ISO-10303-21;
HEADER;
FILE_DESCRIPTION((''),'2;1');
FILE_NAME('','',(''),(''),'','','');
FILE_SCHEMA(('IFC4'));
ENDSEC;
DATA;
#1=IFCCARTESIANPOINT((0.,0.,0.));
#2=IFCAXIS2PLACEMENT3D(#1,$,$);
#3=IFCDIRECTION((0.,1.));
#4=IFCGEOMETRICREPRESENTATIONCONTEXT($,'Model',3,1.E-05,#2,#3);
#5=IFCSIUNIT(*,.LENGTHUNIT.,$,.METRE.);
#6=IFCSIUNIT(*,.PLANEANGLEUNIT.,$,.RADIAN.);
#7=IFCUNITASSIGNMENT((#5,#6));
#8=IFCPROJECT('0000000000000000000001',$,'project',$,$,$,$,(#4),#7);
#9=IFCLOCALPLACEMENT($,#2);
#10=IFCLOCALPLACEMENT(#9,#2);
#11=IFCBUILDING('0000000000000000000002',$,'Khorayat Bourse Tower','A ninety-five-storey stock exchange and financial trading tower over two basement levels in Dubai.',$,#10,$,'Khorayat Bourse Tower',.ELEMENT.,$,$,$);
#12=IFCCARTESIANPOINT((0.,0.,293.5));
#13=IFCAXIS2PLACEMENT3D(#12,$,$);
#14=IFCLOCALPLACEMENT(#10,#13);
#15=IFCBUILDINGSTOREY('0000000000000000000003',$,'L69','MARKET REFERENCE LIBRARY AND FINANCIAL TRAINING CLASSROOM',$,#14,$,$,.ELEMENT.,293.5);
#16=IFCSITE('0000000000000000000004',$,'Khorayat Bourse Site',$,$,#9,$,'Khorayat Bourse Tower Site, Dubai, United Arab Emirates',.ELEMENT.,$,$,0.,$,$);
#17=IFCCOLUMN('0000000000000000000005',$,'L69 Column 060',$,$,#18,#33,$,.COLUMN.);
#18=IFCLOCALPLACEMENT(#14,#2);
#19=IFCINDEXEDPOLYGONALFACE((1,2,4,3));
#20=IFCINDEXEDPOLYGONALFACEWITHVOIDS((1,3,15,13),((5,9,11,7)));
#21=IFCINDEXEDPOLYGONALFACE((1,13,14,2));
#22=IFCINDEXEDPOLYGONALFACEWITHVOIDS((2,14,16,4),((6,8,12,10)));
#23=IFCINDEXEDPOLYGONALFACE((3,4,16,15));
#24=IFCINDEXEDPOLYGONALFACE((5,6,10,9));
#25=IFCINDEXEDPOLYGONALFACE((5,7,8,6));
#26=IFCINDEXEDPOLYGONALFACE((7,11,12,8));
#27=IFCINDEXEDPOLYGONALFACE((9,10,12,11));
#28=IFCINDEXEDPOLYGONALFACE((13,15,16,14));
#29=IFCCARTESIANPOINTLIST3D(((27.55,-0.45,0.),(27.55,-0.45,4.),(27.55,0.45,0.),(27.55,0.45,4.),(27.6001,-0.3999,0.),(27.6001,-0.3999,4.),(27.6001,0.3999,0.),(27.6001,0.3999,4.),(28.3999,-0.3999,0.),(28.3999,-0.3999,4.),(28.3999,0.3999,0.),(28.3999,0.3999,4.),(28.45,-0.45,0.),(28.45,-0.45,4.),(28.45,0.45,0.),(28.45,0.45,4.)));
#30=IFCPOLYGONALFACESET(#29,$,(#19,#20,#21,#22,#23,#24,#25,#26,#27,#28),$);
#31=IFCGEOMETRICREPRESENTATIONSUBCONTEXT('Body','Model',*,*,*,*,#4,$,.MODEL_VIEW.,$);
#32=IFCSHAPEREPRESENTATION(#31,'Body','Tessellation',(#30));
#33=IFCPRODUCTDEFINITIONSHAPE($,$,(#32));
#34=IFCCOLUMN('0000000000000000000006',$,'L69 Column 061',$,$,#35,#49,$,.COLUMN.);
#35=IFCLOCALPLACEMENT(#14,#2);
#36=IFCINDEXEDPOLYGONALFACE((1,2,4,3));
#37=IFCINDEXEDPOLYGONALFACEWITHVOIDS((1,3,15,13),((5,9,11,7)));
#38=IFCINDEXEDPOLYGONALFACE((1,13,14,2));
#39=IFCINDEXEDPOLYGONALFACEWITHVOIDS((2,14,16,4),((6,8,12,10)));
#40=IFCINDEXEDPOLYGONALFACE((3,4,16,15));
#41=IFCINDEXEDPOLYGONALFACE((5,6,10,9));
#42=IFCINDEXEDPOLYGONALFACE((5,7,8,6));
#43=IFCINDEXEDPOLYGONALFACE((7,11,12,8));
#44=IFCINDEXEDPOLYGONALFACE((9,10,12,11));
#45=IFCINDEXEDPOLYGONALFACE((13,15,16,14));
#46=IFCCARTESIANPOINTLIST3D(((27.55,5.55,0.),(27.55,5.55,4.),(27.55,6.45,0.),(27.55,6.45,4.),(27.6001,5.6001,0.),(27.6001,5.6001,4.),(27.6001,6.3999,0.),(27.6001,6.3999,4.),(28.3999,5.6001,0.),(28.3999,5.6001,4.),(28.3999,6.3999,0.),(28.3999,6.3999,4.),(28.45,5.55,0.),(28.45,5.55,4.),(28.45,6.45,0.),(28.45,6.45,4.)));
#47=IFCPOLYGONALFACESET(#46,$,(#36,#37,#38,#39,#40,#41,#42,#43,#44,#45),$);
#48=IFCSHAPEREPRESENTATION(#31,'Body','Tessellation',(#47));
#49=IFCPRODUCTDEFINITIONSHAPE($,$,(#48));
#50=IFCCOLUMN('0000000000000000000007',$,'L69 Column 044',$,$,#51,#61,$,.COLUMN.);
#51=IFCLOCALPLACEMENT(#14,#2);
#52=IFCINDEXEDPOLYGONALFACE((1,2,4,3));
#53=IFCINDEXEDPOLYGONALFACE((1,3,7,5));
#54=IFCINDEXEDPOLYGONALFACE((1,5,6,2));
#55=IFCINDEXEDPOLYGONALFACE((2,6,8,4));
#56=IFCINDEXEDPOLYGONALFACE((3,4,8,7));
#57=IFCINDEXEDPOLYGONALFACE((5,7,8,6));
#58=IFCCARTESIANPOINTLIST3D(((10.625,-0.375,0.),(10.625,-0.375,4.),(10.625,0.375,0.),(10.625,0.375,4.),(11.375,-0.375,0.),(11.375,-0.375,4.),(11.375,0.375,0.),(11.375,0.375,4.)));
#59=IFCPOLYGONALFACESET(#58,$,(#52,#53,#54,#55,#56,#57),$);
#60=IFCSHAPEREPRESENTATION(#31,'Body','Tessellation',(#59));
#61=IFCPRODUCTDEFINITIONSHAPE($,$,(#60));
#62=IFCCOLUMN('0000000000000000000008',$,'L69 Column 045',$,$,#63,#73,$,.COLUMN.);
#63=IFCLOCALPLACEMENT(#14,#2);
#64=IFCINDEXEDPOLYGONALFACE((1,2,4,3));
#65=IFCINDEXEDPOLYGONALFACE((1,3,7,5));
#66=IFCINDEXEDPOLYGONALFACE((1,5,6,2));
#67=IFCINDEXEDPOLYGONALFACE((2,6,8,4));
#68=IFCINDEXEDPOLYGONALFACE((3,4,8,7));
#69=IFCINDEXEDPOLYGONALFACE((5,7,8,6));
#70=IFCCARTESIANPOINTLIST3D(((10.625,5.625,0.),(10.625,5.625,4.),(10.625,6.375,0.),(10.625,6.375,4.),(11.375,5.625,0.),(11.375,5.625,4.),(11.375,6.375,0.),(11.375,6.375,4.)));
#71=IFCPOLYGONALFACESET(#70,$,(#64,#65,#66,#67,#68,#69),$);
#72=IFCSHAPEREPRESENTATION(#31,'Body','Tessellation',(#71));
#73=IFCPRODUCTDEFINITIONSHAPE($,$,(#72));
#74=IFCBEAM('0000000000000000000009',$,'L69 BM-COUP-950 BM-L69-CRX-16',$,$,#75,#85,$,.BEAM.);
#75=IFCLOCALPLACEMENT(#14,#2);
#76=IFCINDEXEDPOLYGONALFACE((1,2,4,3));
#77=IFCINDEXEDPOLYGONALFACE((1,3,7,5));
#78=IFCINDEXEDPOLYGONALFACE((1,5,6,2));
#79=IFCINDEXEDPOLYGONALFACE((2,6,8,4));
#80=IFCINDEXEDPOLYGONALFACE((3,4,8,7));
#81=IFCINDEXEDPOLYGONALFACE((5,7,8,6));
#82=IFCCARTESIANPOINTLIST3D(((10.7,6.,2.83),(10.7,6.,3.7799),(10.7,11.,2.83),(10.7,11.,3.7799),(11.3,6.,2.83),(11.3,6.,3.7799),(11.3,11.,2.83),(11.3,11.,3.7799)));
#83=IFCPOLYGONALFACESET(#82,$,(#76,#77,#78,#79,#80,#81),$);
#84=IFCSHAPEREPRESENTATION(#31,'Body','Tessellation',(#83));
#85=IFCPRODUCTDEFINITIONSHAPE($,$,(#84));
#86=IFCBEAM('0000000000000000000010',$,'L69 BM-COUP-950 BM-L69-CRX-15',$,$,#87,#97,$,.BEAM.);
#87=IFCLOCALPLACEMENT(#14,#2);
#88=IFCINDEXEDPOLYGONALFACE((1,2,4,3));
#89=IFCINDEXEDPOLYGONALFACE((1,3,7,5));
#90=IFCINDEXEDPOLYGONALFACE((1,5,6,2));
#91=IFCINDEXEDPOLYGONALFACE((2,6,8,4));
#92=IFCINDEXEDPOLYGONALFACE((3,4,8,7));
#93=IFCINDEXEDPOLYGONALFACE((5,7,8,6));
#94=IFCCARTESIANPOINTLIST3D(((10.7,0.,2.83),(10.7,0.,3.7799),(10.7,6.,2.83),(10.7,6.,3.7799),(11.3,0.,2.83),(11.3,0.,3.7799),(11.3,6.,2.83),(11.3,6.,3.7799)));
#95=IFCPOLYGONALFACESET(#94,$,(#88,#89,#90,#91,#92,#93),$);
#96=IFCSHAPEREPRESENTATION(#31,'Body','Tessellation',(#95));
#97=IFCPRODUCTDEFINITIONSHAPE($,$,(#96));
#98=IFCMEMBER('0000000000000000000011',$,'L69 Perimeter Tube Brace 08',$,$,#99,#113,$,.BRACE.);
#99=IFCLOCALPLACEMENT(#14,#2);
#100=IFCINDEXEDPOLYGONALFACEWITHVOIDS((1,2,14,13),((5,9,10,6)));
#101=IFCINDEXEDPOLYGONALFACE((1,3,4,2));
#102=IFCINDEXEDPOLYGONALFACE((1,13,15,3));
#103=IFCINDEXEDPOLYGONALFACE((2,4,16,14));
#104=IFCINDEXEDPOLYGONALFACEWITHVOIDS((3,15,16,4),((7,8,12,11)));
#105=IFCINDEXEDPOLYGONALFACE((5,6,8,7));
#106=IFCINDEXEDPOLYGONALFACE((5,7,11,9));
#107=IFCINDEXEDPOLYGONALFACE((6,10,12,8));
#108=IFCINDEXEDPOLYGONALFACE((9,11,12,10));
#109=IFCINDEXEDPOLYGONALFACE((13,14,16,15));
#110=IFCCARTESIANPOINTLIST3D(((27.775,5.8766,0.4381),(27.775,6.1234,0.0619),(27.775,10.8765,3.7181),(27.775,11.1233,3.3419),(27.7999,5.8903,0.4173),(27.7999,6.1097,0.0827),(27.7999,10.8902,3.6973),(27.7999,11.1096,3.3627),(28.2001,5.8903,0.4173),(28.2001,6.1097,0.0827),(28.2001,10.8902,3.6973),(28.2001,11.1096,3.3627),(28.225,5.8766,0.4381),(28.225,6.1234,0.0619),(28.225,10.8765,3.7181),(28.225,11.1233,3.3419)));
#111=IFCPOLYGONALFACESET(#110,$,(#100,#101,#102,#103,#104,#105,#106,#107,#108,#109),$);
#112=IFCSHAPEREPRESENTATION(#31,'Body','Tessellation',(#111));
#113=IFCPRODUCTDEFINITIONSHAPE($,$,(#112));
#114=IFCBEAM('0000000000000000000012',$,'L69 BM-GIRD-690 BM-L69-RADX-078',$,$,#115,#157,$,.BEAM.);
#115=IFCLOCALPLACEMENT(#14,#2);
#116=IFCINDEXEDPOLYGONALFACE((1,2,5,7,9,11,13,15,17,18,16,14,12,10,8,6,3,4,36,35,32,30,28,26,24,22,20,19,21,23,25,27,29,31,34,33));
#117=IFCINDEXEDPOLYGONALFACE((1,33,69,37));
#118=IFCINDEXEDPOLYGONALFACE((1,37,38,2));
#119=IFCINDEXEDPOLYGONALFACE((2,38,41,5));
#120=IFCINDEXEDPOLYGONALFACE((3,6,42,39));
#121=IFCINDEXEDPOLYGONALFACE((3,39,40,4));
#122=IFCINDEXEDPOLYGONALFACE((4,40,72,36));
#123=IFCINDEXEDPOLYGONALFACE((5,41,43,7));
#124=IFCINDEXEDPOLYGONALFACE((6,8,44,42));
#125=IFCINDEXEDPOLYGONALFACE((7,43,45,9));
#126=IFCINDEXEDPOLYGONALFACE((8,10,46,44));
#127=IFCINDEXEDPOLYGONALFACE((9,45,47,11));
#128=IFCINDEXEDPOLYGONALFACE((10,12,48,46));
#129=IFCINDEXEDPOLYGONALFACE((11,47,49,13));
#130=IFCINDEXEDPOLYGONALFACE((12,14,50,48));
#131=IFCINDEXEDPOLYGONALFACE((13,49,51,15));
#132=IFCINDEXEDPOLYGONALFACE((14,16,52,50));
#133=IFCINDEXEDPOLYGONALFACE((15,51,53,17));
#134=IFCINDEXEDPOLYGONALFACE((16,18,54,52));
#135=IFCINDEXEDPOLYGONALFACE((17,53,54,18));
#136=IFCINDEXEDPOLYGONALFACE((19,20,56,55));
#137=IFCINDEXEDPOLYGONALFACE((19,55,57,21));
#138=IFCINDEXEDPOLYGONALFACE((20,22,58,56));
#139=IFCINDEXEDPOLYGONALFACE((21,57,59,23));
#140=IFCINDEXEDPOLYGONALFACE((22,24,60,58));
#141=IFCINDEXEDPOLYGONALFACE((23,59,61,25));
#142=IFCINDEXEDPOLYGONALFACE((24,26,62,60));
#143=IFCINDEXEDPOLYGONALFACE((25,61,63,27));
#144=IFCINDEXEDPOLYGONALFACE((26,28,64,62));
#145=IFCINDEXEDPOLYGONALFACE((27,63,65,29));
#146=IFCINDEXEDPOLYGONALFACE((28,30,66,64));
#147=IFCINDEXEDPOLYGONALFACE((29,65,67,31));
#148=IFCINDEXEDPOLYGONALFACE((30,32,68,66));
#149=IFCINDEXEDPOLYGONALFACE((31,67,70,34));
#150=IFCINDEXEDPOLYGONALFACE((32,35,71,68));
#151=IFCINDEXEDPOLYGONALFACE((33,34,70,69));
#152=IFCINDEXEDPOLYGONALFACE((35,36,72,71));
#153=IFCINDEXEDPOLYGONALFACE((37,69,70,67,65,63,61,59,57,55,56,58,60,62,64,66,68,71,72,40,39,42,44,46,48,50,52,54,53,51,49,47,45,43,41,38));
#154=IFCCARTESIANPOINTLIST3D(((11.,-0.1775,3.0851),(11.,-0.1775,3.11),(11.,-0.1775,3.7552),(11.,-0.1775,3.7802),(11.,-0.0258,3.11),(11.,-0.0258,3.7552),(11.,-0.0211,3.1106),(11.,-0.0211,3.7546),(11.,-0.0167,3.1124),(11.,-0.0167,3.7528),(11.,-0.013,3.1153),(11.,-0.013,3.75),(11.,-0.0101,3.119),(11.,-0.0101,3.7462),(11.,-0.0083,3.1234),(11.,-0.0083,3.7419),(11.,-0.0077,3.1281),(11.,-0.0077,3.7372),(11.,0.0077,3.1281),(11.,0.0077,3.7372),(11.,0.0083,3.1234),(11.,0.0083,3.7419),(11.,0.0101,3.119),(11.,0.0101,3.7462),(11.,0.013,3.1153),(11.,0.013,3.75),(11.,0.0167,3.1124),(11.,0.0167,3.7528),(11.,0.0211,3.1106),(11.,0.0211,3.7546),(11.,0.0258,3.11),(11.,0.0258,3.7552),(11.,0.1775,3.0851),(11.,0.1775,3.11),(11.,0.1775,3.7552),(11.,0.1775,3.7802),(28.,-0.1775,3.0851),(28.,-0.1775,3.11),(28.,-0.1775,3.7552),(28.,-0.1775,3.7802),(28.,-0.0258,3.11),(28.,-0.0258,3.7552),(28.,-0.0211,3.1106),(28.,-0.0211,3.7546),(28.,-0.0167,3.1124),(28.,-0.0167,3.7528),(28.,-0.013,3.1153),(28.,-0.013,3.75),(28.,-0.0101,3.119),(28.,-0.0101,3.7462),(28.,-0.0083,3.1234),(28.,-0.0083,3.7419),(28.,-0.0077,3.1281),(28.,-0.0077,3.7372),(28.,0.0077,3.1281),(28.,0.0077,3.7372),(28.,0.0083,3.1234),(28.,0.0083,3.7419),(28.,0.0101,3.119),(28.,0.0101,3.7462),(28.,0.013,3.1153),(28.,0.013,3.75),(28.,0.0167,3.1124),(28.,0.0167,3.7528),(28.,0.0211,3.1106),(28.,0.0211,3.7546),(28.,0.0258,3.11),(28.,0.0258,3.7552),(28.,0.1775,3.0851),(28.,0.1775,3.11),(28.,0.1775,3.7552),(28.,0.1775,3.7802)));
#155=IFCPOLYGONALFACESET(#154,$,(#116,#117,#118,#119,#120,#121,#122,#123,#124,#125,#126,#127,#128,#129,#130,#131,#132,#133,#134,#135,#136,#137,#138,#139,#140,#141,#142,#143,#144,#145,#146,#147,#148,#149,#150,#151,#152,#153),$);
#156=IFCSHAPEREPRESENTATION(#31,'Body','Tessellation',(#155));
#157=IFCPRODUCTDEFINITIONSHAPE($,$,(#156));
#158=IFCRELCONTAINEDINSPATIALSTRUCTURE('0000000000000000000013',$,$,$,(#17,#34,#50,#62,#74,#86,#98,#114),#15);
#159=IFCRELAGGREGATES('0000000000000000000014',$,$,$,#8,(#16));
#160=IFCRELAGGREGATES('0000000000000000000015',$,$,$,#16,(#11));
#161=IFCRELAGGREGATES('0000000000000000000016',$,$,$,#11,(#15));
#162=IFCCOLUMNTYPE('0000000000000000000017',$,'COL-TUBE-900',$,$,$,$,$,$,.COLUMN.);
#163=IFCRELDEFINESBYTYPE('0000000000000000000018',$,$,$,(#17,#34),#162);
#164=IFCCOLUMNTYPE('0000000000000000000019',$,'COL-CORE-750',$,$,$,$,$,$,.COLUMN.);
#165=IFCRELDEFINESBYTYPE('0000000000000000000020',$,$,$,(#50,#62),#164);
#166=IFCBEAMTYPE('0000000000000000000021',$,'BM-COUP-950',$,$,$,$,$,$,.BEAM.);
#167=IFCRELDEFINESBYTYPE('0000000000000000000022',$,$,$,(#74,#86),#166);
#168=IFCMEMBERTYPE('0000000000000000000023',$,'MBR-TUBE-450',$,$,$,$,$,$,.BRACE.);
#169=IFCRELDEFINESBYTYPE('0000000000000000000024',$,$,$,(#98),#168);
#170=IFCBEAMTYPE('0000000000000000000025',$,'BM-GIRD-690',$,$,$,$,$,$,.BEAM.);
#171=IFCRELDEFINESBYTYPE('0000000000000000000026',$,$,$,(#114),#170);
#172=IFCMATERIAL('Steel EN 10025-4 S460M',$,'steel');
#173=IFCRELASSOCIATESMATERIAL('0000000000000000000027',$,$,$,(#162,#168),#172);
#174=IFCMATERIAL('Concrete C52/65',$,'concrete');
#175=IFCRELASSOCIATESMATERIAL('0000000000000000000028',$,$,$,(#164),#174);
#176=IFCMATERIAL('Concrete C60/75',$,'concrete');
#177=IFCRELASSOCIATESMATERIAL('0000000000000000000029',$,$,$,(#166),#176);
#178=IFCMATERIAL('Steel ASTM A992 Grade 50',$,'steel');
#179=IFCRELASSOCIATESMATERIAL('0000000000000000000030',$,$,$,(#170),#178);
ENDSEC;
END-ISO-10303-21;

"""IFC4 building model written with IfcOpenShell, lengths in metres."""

from ifc_helpers import new_model, si_unit, direction, frame, origin, origin_2d, place, context, subcontext, project, spatial, rectangle, hollow_rectangle, i_section, extrude, source, transform, mapped, material, material_profile, profile_set, type_object, element, save


model = new_model("IFC4")

# Units and contexts
model_context = context("Model", 3, precision=1e-05, world=origin(), true_north=direction((0.0, 1.0)))
body_context = subcontext(model_context, "Body", "Model", "MODEL_VIEW")
ifc_project = project(units=[si_unit("LENGTHUNIT", "METRE"), si_unit("PLANEANGLEUNIT", "RADIAN")], contexts=[model_context])

# Site, building, storey
site_placement = place(None, origin())
site = spatial("IfcSite", under=ifc_project, at=site_placement, Name="Khorayat Bourse Site", LongName="Khorayat Bourse Tower Site, Dubai, United Arab Emirates", CompositionType="ELEMENT", RefElevation=0.0)
building_placement = place(site_placement, origin())
building = spatial("IfcBuilding", under=site, at=building_placement, Name="Khorayat Bourse Tower", Description="A ninety-five-storey stock exchange and financial trading tower over two basement levels in Dubai.", LongName="Khorayat Bourse Tower", CompositionType="ELEMENT")
storey_placement = place(building_placement, frame((0.0, 0.0, 293.5)))
storey = spatial("IfcBuildingStorey", under=building, at=storey_placement, Name="L69", Description="MARKET REFERENCE LIBRARY AND FINANCIAL TRAINING CLASSROOM", CompositionType="ELEMENT", Elevation=293.5)

# Columns
ifc_material_1 = material(Name="Steel EN 10025-4 S460M", Category="steel")
ifc_material_profile_1 = material_profile(ifc_material_1, hollow_rectangle(XDim=0.8999, YDim=0.8999, WallThickness=0.05, at=origin_2d()), Name="BOX 900x900x50")
ifc_profile_set_1 = profile_set([ifc_material_profile_1], Name="Steel EN 10025-4 S460M")
column_type_1 = type_object("IfcColumnType", Name="COL-TUBE-900", PredefinedType="COLUMN", material=ifc_profile_set_1)
shared_shape_1 = source(origin(), body_context, "Body", "SweptSolid", [
    extrude(hollow_rectangle(XDim=0.8999, YDim=0.8999, WallThickness=0.05, at=origin_2d()), origin(), (0.0, 0.0, 1.0), 4.0),
])
for number, where, z_axis, x_axis, name in (
    (1, (28.0, 0.0, 0.0), (0.0, 0.0, 1.0), (1.0, 0.0, 0.0), "L69 Column 060"),
    (2, (28.0, 6.0, 0.0), (0.0, 0.0, 1.0), (1.0, 0.0, 0.0), "L69 Column 061"),
):
    element("IfcColumn", number, at=place(storey_placement, frame(where, z_axis=z_axis, x_axis=x_axis)), inside=storey, type_object=column_type_1, Name=name, PredefinedType="COLUMN", context=body_context, shape_type="MappedRepresentation", body=[
        mapped(shared_shape_1, transform((0.0, 0.0, 0.0), scale=1.0)),
    ])
ifc_material_2 = material(Name="Concrete C52/65", Category="concrete")
ifc_material_profile_2 = material_profile(ifc_material_2, rectangle(XDim=0.75, YDim=0.75, at=origin_2d()), Name="RC 750x750")
ifc_profile_set_2 = profile_set([ifc_material_profile_2], Name="Concrete C52/65")
column_type_2 = type_object("IfcColumnType", Name="COL-CORE-750", PredefinedType="COLUMN", material=ifc_profile_set_2)
shared_shape_2 = source(origin(), body_context, "Body", "SweptSolid", [
    extrude(rectangle(XDim=0.75, YDim=0.75, at=origin_2d()), origin(), (0.0, 0.0, 1.0), 4.0),
])
for number, where, z_axis, x_axis, name in (
    (3, (11.0, 0.0, 0.0), (0.0, 0.0, 1.0), (1.0, 0.0, 0.0), "L69 Column 044"),
    (4, (11.0, 6.0, 0.0), (0.0, 0.0, 1.0), (1.0, 0.0, 0.0), "L69 Column 045"),
):
    element("IfcColumn", number, at=place(storey_placement, frame(where, z_axis=z_axis, x_axis=x_axis)), inside=storey, type_object=column_type_2, Name=name, PredefinedType="COLUMN", context=body_context, shape_type="MappedRepresentation", body=[
        mapped(shared_shape_2, transform((0.0, 0.0, 0.0), scale=1.0)),
    ])

# Beams
ifc_material_3 = material(Name="Concrete C60/75", Category="concrete")
ifc_material_profile_3 = material_profile(ifc_material_3, rectangle(XDim=0.6001, YDim=0.95, at=origin_2d()), Name="RC 600x950")
ifc_profile_set_3 = profile_set([ifc_material_profile_3], Name="Concrete C60/75")
beam_type_1 = type_object("IfcBeamType", Name="BM-COUP-950", PredefinedType="BEAM", material=ifc_profile_set_3)
shared_shape_3 = source(origin(), body_context, "Body", "SweptSolid", [
    extrude(rectangle(XDim=0.6001, YDim=0.95, at=origin_2d()), origin(), (0.0, 0.0, 1.0), 5.0),
])
beam_1_placement = place(storey_placement, frame((11.0, 6.0, 3.3049), z_axis=(0.0, 1.0, 0.0), x_axis=(-1.0, 0.0, 0.0)))
element("IfcBeam", 5, at=beam_1_placement, inside=storey, type_object=beam_type_1, Name="L69 BM-COUP-950 BM-L69-CRX-16", PredefinedType="BEAM", context=body_context, shape_type="MappedRepresentation", body=[
    mapped(shared_shape_3, transform((0.0, 0.0, 0.0), scale=1.0)),
])
shared_shape_4 = source(origin(), body_context, "Body", "SweptSolid", [
    extrude(rectangle(XDim=0.6001, YDim=0.95, at=origin_2d()), origin(), (0.0, 0.0, 1.0), 6.0),
])
beam_2_placement = place(storey_placement, frame((11.0, 0.0, 3.3049), z_axis=(0.0, 1.0, 0.0), x_axis=(-1.0, 0.0, 0.0)))
element("IfcBeam", 6, at=beam_2_placement, inside=storey, type_object=beam_type_1, Name="L69 BM-COUP-950 BM-L69-CRX-15", PredefinedType="BEAM", context=body_context, shape_type="MappedRepresentation", body=[
    mapped(shared_shape_4, transform((0.0, 0.0, 0.0), scale=1.0)),
])

# Member
ifc_material_profile_4 = material_profile(ifc_material_1, hollow_rectangle(XDim=0.45, YDim=0.45, WallThickness=0.0249, at=origin_2d()), Name="HSS 450x450x25")
ifc_profile_set_4 = profile_set([ifc_material_profile_4], Name="Steel EN 10025-4 S460M")
member_type_1 = type_object("IfcMemberType", Name="MBR-TUBE-450", PredefinedType="BRACE", material=ifc_profile_set_4)
shared_shape_5 = source(origin(), body_context, "Body", "SweptSolid", [
    extrude(hollow_rectangle(XDim=0.45, YDim=0.45, WallThickness=0.0249, at=origin_2d()), origin(), (0.0, 0.0, 1.0), 5.9797),
])
member_1_placement = place(storey_placement, frame((28.0, 6.0, 0.25), z_axis=(0.0, 0.836142, 0.548514), x_axis=(-1.0, 0.0, 0.0)))
element("IfcMember", 7, at=member_1_placement, inside=storey, type_object=member_type_1, Name="L69 Perimeter Tube Brace 08", PredefinedType="BRACE", context=body_context, shape_type="MappedRepresentation", body=[
    mapped(shared_shape_5, transform((0.0, 0.0, 0.0), scale=1.0)),
])

# Beam
ifc_material_4 = material(Name="Steel ASTM A992 Grade 50", Category="steel")
ifc_material_profile_5 = material_profile(ifc_material_4, i_section(OverallWidth=0.355, OverallDepth=0.6951, WebThickness=0.0154, FlangeThickness=0.0249, FilletRadius=0.0181, at=origin_2d()), Name="W690X217")
ifc_profile_set_5 = profile_set([ifc_material_profile_5], Name="Steel ASTM A992 Grade 50")
beam_type_2 = type_object("IfcBeamType", Name="BM-GIRD-690", PredefinedType="BEAM", material=ifc_profile_set_5)
shared_shape_6 = source(origin(), body_context, "Body", "SweptSolid", [
    extrude(i_section(OverallWidth=0.355, OverallDepth=0.6951, WebThickness=0.0154, FlangeThickness=0.0249, FilletRadius=0.0181, at=origin_2d()), origin(), (0.0, 0.0, 1.0), 17.0),
])
for number, where, z_axis, x_axis, name in (
    (8, (11.0, 0.0, 3.4326), (1.0, 0.0, 0.0), (0.0, 1.0, 0.0), "L69 BM-GIRD-690 BM-L69-RADX-078"),
):
    element("IfcBeam", number, at=place(storey_placement, frame(where, z_axis=z_axis, x_axis=x_axis)), inside=storey, type_object=beam_type_2, Name=name, PredefinedType="BEAM", context=body_context, shape_type="MappedRepresentation", body=[
        mapped(shared_shape_6, transform((0.0, 0.0, 0.0), scale=1.0)),
    ])

save(model, "model.ifc")
